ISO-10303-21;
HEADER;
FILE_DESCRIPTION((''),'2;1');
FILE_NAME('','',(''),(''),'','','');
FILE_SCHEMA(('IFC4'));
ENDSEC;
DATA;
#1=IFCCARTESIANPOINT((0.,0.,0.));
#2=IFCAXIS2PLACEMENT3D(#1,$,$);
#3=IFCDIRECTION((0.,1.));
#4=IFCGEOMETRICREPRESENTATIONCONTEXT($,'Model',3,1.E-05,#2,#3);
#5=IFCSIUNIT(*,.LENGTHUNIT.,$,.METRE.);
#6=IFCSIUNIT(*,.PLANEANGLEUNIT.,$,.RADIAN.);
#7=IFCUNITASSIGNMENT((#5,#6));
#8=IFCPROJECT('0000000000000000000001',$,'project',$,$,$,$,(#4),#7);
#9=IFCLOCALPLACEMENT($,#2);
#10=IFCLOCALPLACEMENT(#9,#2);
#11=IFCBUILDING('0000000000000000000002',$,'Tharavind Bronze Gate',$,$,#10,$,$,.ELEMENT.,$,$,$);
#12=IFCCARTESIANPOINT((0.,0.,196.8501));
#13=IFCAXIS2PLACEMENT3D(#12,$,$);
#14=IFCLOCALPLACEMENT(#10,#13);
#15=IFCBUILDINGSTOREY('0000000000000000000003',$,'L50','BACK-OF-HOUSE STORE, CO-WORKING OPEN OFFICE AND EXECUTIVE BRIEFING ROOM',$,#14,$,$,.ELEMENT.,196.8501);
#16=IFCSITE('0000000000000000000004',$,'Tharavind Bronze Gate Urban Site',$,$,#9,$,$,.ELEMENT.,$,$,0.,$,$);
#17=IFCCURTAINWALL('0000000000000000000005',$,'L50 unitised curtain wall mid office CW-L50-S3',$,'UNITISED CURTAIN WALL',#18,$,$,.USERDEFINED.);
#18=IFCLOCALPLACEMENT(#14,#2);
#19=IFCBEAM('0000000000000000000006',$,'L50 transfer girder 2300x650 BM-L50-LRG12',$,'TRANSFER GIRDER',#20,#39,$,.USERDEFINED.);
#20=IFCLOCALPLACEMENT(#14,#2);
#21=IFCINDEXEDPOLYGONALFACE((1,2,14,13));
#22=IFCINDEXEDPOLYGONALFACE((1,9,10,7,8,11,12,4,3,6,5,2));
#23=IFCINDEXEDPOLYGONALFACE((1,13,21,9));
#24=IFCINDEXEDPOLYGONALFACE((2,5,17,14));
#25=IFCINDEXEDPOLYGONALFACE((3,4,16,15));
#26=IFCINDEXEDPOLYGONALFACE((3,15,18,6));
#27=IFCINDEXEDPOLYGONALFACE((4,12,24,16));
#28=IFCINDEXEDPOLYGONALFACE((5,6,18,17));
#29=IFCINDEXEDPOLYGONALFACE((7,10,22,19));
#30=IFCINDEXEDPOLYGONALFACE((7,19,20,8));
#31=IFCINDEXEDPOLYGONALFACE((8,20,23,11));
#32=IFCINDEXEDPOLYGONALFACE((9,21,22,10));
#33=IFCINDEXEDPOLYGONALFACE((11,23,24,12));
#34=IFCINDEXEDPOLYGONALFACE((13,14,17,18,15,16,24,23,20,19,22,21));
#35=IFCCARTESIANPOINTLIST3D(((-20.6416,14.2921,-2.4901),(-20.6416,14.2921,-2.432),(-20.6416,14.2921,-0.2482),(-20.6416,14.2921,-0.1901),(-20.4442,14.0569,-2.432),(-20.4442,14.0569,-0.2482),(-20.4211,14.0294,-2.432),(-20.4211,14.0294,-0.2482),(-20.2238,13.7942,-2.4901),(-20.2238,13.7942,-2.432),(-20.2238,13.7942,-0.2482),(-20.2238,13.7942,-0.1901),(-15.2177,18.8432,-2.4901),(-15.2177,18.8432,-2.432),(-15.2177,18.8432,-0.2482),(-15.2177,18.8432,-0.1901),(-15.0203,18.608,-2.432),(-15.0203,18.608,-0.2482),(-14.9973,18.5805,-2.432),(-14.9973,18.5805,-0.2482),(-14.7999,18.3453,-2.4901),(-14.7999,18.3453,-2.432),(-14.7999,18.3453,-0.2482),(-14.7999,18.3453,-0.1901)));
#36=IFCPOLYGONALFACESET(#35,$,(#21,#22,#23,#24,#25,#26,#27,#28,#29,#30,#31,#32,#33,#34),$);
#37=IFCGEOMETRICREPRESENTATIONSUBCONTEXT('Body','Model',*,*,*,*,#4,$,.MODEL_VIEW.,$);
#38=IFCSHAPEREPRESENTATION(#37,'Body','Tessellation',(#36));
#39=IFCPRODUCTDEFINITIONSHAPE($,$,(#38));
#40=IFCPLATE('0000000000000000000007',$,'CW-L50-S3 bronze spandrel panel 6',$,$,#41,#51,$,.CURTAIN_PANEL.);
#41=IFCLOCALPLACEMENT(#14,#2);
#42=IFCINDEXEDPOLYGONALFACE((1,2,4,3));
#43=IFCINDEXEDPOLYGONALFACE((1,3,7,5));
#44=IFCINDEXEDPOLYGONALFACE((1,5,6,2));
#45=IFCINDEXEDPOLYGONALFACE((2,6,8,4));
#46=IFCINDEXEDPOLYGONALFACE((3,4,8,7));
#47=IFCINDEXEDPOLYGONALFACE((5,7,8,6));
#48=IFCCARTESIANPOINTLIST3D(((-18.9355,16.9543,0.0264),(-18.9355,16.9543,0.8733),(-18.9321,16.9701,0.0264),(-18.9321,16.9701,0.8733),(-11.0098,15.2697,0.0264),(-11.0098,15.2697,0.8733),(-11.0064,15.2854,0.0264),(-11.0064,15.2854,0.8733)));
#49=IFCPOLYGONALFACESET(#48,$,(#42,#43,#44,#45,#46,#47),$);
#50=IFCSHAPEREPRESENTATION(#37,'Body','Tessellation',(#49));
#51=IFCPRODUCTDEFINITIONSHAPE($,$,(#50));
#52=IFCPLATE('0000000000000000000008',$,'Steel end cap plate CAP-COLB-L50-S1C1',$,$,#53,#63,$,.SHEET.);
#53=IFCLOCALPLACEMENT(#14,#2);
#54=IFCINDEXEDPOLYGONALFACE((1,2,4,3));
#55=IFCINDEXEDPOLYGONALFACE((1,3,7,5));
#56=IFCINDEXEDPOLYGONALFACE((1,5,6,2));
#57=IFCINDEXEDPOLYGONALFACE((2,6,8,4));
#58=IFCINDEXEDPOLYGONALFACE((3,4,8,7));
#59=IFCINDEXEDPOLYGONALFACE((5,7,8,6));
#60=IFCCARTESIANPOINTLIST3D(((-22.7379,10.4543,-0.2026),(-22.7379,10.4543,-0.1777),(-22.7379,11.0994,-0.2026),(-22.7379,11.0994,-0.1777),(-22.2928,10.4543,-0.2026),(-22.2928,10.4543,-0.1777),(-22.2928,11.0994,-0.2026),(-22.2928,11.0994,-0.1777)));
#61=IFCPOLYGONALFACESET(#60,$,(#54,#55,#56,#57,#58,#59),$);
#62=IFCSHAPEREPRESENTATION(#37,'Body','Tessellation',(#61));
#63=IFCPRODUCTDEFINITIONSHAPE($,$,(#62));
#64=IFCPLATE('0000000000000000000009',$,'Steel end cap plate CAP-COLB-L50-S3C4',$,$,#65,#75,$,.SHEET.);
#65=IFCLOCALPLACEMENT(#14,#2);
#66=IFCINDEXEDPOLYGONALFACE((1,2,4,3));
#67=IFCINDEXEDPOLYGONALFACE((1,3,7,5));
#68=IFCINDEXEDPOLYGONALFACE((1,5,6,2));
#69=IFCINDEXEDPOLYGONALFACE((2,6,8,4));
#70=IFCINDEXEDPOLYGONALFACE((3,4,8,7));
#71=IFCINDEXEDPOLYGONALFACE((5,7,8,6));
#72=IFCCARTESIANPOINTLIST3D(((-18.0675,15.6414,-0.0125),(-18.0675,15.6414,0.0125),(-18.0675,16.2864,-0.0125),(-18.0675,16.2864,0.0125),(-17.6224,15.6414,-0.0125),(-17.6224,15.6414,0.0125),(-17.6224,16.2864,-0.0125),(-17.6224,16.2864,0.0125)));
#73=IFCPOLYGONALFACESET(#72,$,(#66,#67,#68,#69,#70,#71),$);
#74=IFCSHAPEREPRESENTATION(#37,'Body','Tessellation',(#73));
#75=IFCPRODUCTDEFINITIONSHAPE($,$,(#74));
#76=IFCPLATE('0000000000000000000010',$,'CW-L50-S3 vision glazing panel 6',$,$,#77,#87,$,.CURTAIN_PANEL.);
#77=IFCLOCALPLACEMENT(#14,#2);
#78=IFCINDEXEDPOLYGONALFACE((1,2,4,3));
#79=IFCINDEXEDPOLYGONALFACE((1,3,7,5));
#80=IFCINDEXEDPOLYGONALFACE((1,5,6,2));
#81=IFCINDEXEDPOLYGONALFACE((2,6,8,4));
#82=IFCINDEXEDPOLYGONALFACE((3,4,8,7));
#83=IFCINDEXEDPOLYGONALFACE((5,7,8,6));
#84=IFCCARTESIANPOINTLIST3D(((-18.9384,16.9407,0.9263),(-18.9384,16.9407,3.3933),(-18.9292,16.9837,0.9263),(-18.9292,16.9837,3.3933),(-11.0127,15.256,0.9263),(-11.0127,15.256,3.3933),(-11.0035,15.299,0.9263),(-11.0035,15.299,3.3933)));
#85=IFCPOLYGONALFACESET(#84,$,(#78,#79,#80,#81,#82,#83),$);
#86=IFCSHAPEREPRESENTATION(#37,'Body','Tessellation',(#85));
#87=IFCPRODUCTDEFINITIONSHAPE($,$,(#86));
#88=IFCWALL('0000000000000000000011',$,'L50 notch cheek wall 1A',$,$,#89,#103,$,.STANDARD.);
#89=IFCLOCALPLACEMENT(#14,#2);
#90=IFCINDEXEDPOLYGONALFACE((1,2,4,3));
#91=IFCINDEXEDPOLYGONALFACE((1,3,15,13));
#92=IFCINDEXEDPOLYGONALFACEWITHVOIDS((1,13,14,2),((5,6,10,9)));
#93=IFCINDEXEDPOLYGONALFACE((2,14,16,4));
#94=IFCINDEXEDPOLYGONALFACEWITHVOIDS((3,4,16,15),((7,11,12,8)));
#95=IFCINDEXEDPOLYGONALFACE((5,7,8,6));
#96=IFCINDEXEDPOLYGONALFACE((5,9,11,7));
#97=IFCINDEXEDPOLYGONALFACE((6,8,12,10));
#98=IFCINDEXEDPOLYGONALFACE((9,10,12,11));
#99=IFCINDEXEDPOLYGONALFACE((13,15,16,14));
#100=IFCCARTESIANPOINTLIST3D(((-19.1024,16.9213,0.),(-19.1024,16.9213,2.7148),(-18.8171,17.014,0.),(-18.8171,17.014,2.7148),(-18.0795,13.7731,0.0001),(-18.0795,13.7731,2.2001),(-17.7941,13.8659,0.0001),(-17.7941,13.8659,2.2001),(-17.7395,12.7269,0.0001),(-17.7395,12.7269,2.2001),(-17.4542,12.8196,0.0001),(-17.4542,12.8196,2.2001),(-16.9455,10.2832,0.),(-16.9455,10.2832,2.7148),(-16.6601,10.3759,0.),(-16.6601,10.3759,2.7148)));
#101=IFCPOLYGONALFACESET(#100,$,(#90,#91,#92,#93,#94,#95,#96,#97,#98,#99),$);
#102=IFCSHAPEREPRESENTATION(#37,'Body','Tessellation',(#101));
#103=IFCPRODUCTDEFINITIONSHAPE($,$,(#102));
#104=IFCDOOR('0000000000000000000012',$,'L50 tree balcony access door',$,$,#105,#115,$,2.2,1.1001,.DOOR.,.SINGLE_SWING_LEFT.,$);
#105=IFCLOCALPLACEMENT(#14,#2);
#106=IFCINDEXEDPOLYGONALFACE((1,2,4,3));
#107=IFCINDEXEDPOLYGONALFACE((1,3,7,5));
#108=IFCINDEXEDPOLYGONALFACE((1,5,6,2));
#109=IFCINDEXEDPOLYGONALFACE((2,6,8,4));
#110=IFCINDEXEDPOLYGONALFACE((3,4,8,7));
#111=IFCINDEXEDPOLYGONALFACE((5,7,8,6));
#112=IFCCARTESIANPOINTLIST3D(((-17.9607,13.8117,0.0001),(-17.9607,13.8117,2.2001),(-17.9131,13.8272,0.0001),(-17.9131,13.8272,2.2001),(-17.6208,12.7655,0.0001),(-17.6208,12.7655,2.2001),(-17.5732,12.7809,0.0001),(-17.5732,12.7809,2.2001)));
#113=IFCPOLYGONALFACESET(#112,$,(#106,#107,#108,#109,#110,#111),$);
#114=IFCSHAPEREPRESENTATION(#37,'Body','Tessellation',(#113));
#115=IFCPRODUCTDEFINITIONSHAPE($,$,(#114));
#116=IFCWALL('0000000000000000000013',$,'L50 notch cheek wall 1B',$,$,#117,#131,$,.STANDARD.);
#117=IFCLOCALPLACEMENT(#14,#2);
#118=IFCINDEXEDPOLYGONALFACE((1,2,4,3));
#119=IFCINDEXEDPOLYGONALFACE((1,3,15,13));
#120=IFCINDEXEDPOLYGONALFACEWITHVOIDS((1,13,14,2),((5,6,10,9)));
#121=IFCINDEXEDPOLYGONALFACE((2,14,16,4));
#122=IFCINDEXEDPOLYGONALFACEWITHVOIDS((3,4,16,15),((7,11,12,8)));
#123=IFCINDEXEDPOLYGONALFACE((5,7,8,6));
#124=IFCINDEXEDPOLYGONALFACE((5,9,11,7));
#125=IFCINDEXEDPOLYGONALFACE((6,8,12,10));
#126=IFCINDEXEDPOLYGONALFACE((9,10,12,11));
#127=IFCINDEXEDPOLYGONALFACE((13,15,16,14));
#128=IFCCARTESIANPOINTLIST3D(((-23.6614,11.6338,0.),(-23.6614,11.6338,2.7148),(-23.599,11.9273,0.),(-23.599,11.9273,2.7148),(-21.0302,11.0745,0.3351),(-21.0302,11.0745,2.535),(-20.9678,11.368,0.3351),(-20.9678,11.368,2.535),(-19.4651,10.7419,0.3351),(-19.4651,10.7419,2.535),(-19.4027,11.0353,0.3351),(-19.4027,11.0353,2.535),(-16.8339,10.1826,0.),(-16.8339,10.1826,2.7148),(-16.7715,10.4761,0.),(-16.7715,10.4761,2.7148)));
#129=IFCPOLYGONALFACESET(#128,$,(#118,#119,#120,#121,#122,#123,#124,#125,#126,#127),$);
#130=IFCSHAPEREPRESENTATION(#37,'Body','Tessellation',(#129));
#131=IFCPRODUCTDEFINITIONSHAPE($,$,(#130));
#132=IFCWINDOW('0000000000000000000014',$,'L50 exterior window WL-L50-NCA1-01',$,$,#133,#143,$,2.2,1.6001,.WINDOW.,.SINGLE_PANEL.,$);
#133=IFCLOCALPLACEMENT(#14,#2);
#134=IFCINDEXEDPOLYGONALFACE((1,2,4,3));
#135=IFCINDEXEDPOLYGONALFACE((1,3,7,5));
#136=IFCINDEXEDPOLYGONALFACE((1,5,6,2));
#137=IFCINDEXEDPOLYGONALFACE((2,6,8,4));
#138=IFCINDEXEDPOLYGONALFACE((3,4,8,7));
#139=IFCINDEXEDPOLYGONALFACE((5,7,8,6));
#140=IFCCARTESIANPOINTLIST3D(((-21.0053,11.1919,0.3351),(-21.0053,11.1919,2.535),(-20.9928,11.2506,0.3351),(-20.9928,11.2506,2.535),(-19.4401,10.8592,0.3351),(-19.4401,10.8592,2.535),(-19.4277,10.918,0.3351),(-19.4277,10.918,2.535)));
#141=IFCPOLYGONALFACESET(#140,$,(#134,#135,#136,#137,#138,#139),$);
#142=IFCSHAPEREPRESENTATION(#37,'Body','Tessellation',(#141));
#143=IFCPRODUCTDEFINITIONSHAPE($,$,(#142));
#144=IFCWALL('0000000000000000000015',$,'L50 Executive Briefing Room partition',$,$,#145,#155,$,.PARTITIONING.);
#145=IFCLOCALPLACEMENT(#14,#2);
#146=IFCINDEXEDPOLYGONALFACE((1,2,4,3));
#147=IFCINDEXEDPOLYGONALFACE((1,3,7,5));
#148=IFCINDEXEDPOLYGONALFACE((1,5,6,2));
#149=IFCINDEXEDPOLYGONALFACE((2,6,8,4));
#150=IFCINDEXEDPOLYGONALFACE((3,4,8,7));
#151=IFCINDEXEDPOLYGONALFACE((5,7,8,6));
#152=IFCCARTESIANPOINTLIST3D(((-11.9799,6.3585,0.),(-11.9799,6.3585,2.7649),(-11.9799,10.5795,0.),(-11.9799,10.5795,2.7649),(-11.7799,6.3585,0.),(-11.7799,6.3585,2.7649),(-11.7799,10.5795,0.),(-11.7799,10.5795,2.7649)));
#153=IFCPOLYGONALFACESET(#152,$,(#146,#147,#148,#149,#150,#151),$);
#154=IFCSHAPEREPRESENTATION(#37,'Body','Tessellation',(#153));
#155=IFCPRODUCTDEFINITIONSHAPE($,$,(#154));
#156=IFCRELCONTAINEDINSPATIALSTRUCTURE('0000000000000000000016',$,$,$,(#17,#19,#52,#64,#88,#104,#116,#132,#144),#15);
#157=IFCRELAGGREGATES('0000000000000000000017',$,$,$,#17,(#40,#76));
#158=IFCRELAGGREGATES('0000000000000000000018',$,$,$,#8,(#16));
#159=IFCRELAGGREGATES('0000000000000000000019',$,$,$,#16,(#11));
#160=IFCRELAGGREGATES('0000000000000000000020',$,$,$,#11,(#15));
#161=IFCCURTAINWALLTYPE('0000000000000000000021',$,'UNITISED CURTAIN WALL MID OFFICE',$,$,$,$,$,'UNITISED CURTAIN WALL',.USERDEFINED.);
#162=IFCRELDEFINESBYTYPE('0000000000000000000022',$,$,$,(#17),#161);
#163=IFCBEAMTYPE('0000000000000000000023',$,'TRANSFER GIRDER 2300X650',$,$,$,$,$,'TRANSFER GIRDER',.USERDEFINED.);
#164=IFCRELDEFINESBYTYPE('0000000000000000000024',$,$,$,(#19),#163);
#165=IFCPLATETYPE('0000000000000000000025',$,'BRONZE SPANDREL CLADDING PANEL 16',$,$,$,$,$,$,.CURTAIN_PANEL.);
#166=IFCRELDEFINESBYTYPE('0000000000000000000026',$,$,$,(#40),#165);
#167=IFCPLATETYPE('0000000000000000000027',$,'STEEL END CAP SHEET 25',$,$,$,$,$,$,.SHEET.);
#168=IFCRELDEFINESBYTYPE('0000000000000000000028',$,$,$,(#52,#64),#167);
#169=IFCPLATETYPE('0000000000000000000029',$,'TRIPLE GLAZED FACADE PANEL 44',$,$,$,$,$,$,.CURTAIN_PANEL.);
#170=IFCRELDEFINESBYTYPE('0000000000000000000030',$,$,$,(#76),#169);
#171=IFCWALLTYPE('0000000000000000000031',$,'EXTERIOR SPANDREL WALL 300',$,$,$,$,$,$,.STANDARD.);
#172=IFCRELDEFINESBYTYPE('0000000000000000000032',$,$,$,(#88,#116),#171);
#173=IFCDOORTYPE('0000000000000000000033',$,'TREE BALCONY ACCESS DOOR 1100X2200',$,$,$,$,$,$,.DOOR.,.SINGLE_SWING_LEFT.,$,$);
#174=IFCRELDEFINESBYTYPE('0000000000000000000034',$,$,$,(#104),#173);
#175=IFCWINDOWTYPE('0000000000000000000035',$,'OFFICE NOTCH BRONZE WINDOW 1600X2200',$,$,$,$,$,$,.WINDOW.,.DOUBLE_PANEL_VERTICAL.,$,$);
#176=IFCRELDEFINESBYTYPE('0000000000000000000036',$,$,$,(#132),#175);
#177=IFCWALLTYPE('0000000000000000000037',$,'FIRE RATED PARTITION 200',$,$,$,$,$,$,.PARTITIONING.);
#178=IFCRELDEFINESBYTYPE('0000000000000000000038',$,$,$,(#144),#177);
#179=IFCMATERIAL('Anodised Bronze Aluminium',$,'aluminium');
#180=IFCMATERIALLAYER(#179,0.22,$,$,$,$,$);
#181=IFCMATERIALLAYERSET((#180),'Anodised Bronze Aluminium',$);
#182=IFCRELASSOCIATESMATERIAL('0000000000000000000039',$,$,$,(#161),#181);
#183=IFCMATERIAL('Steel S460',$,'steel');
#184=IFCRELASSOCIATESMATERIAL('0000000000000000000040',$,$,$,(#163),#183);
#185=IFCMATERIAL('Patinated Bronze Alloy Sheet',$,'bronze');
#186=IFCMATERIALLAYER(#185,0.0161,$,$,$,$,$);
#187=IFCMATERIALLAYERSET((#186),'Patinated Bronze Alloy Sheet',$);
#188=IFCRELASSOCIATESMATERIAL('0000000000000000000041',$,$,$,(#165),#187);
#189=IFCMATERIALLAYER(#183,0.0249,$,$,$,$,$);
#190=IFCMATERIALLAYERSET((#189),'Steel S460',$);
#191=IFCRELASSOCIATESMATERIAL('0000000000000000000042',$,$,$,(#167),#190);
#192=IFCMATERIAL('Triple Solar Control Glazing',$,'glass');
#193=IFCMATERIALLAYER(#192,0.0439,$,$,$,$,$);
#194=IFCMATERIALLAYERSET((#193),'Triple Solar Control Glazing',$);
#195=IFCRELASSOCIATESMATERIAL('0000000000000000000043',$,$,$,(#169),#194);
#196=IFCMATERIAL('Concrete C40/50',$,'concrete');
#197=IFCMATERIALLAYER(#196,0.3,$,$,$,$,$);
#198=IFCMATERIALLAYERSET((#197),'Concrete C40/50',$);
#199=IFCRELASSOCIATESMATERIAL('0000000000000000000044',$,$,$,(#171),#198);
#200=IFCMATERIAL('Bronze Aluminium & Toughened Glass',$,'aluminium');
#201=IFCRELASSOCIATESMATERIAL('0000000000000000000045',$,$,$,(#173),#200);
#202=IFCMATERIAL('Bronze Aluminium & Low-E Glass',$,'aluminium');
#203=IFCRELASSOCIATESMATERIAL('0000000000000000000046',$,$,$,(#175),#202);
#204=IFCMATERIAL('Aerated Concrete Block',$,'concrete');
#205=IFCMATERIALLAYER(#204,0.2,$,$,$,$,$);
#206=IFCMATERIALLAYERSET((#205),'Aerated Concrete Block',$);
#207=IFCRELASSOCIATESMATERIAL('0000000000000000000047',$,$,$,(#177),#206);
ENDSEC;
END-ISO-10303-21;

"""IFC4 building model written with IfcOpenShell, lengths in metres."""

from ifc_helpers import new_model, si_unit, direction, frame, frame_2d, origin, origin_2d, place, context, subcontext, project, spatial, rectangle, i_section, extrude, material, layer, layer_set, material_profile, profile_set, type_object, element, fill, aggregate, save


model = new_model("IFC4")

# Units and contexts
model_context = context("Model", 3, precision=1e-05, world=origin(), true_north=direction((0.0, 1.0)))
body_context = subcontext(model_context, "Body", "Model", "MODEL_VIEW")
ifc_project = project(units=[si_unit("LENGTHUNIT", "METRE"), si_unit("PLANEANGLEUNIT", "RADIAN")], contexts=[model_context])

# Site, building, storey
site_placement = place(None, origin())
site = spatial("IfcSite", under=ifc_project, at=site_placement, Name="Tharavind Bronze Gate Urban Site", CompositionType="ELEMENT", RefElevation=0.0)
building_placement = place(site_placement, origin())
building = spatial("IfcBuilding", under=site, at=building_placement, Name="Tharavind Bronze Gate", CompositionType="ELEMENT")
storey_placement = place(building_placement, frame((0.0, 0.0, 196.8501)))
storey = spatial("IfcBuildingStorey", under=building, at=storey_placement, Name="L50", Description="BACK-OF-HOUSE STORE, CO-WORKING OPEN OFFICE AND EXECUTIVE BRIEFING ROOM", CompositionType="ELEMENT", Elevation=196.8501)

# Shared definitions
ifc_material_1 = material(Name="Steel S460", Category="steel")

# Shared definitions
ifc_material_2 = material(Name="Anodised Bronze Aluminium", Category="aluminium")
ifc_layer_1 = layer(ifc_material_2, 0.22)
ifc_layer_set_1 = layer_set([ifc_layer_1], Name="Anodised Bronze Aluminium")
curtain_wall_type = type_object("IfcCurtainWallType", Name="UNITISED CURTAIN WALL MID OFFICE", ElementType="UNITISED CURTAIN WALL", PredefinedType="USERDEFINED", material=ifc_layer_set_1)

# Curtain wall
curtain_wall_1_placement = place(storey_placement, origin())
curtain_wall_1 = element("IfcCurtainWall", 1, at=curtain_wall_1_placement, inside=storey, type_object=curtain_wall_type, Name="L50 unitised curtain wall mid office CW-L50-S3", ObjectType="UNITISED CURTAIN WALL", PredefinedType="USERDEFINED")

# Beam
ifc_material_profile_1 = material_profile(ifc_material_1, i_section(OverallWidth=0.6499, OverallDepth=2.3, WebThickness=0.0359, FlangeThickness=0.0581, at=origin_2d()), Name="PG2300X650")
ifc_profile_set_1 = profile_set([ifc_material_profile_1], Name="Steel S460")
beam_type_1 = type_object("IfcBeamType", Name="TRANSFER GIRDER 2300X650", ElementType="TRANSFER GIRDER", PredefinedType="USERDEFINED", material=ifc_profile_set_1)
beam_1_placement = place(storey_placement, frame((-15.0088, 18.5942, -1.3401), z_axis=(-0.766052, -0.642779, 0.0), x_axis=(0.642779, -0.766052, 0.0)))
element("IfcBeam", 2, at=beam_1_placement, inside=storey, type_object=beam_type_1, Name="L50 transfer girder 2300x650 BM-L50-LRG12", ObjectType="TRANSFER GIRDER", PredefinedType="USERDEFINED", context=body_context, shape_type="SweptSolid", body=[
    extrude(i_section(OverallWidth=0.6499, OverallDepth=2.3, WebThickness=0.0359, FlangeThickness=0.0581, at=origin_2d()), origin(), (0.0, 0.0, 1.0), 7.0803),
])

# Plate
ifc_material_3 = material(Name="Patinated Bronze Alloy Sheet", Category="bronze")
ifc_layer_2 = layer(ifc_material_3, 0.0161)
ifc_layer_set_2 = layer_set([ifc_layer_2], Name="Patinated Bronze Alloy Sheet")
plate_type_1 = type_object("IfcPlateType", Name="BRONZE SPANDREL CLADDING PANEL 16", PredefinedType="CURTAIN_PANEL", material=ifc_layer_set_2)
plate_1_placement = place(storey_placement, frame((-14.9709, 16.1199, 0.0264), z_axis=(0.0, 0.0, 1.0), x_axis=(-0.978148, 0.207912, 0.0)))
plate_1 = element("IfcPlate", 3, at=plate_1_placement, type_object=plate_type_1, Name="CW-L50-S3 bronze spandrel panel 6", PredefinedType="CURTAIN_PANEL", context=body_context, shape_type="SweptSolid", body=[
    extrude(rectangle(XDim=8.1028, YDim=0.0161, at=origin_2d()), origin(), (0.0, 0.0, 1.0), 0.8469),
])

# Plates
ifc_layer_3 = layer(ifc_material_1, 0.0249)
ifc_layer_set_3 = layer_set([ifc_layer_3], Name="Steel S460")
plate_type_2 = type_object("IfcPlateType", Name="STEEL END CAP SHEET 25", PredefinedType="SHEET", material=ifc_layer_set_3)
for number, where, z_axis, x_axis, name in (
    (4, (-22.5154, 10.7769, -0.2026), (0.0, 0.0, 1.0), (1.0, 0.0, 0.0), "Steel end cap plate CAP-COLB-L50-S1C1"),
    (5, (-17.845, 15.9639, -0.0125), (0.0, 0.0, 1.0), (1.0, 0.0, 0.0), "Steel end cap plate CAP-COLB-L50-S3C4"),
):
    element("IfcPlate", number, at=place(storey_placement, frame(where, z_axis=z_axis, x_axis=x_axis)), inside=storey, type_object=plate_type_2, Name=name, PredefinedType="SHEET", context=body_context, shape_type="SweptSolid", body=[
        extrude(rectangle(XDim=0.4451, YDim=0.645, at=origin_2d()), origin(), (0.0, 0.0, 1.0), 0.0249),
    ])

# Plate
ifc_material_4 = material(Name="Triple Solar Control Glazing", Category="glass")
ifc_layer_4 = layer(ifc_material_4, 0.0439)
ifc_layer_set_4 = layer_set([ifc_layer_4], Name="Triple Solar Control Glazing")
plate_type_3 = type_object("IfcPlateType", Name="TRIPLE GLAZED FACADE PANEL 44", PredefinedType="CURTAIN_PANEL", material=ifc_layer_set_4)
plate_2_placement = place(storey_placement, frame((-14.9709, 16.1199, 0.9263), z_axis=(0.0, 0.0, 1.0), x_axis=(-0.978148, 0.207912, 0.0)))
plate_2 = element("IfcPlate", 6, at=plate_2_placement, type_object=plate_type_3, Name="CW-L50-S3 vision glazing panel 6", PredefinedType="CURTAIN_PANEL", context=body_context, shape_type="SweptSolid", body=[
    extrude(rectangle(XDim=8.1028, YDim=0.0439, at=origin_2d()), origin(), (0.0, 0.0, 1.0), 2.467),
])
aggregate(curtain_wall_1, [plate_1, plate_2])

# Wall, opening, door
ifc_material_5 = material(Name="Concrete C40/50", Category="concrete")
ifc_layer_5 = layer(ifc_material_5, 0.3)
ifc_layer_set_5 = layer_set([ifc_layer_5], Name="Concrete C40/50")
wall_type_1 = type_object("IfcWallType", Name="EXTERIOR SPANDREL WALL 300", PredefinedType="STANDARD", material=ifc_layer_set_5)
wall_1_placement = place(storey_placement, frame((-18.9597, 16.9675, 0.0), z_axis=(0.0, 0.0, 1.0), x_axis=(0.309031, -0.951052, 0.0)))
wall_1 = element("IfcWall", 7, at=wall_1_placement, inside=storey, type_object=wall_type_1, Name="L50 notch cheek wall 1A", PredefinedType="STANDARD", context=body_context, shape_type="SweptSolid", body=[
    extrude(rectangle(XDim=6.9797, YDim=0.3, at=frame_2d((3.4897, 0.0))), origin(), (0.0, 0.0, 1.0), 2.7148),
])
opening_1_placement = place(wall_1_placement, frame((3.3101, 0.0, 0.0)))
opening_1 = element("IfcOpeningElement", 8, at=opening_1_placement, cuts=wall_1, PredefinedType="OPENING", context=body_context, shape_type="SweptSolid", body=[
    extrude(rectangle(XDim=1.1001, YDim=2.2, at=frame_2d((0.55, 1.1001))), frame((0.0, 0.1599, 0.0), z_axis=(0.0, -1.0, 0.0), x_axis=(1.0, 0.0, 0.0)), (0.0, 0.0, 1.0), 0.32),
])
ifc_material_6 = material(Name="Bronze Aluminium & Toughened Glass", Category="aluminium")
door_type = type_object("IfcDoorType", Name="TREE BALCONY ACCESS DOOR 1100X2200", OperationType="SINGLE_SWING_LEFT", PredefinedType="DOOR", material=ifc_material_6)
door_placement = place(opening_1_placement, origin())
door = element("IfcDoor", 9, at=door_placement, inside=storey, type_object=door_type, Name="L50 tree balcony access door", OperationType="SINGLE_SWING_LEFT", OverallHeight=2.2, OverallWidth=1.1001, PredefinedType="DOOR", context=body_context, shape_type="SweptSolid", body=[
    extrude(rectangle(XDim=1.1001, YDim=2.2, at=frame_2d((0.55, 1.1001))), frame((0.0, 0.0249, 0.0), z_axis=(0.0, -1.0, 0.0), x_axis=(1.0, 0.0, 0.0)), (0.0, 0.0, 1.0), 0.05),
])
fill(opening_1, door)

# Wall, opening, window
wall_2_placement = place(storey_placement, frame((-16.8027, 10.3293, 0.0), z_axis=(0.0, 0.0, 1.0), x_axis=(-0.978149, 0.207907, 0.0)))
wall_2 = element("IfcWall", 10, at=wall_2_placement, inside=storey, type_object=wall_type_1, Name="L50 notch cheek wall 1B", PredefinedType="STANDARD", context=body_context, shape_type="SweptSolid", body=[
    extrude(rectangle(XDim=6.98, YDim=0.3, at=frame_2d((3.49, 0.0))), origin(), (0.0, 0.0, 1.0), 2.7148),
])
opening_2_placement = place(wall_2_placement, frame((2.6899, 0.0, 0.335)))
opening_2 = element("IfcOpeningElement", 11, at=opening_2_placement, cuts=wall_2, PredefinedType="OPENING", context=body_context, shape_type="SweptSolid", body=[
    extrude(rectangle(XDim=1.6001, YDim=2.2, at=frame_2d((0.8, 1.1001))), frame((0.0, 0.1599, 0.0), z_axis=(0.0, -1.0, 0.0), x_axis=(1.0, 0.0, 0.0)), (0.0, 0.0, 1.0), 0.32),
])
ifc_material_7 = material(Name="Bronze Aluminium & Low-E Glass", Category="aluminium")
window_type = type_object("IfcWindowType", Name="OFFICE NOTCH BRONZE WINDOW 1600X2200", PartitioningType="DOUBLE_PANEL_VERTICAL", PredefinedType="WINDOW", material=ifc_material_7)
window_placement = place(opening_2_placement, origin())
window = element("IfcWindow", 12, at=window_placement, inside=storey, type_object=window_type, Name="L50 exterior window WL-L50-NCA1-01", OverallHeight=2.2, OverallWidth=1.6001, PartitioningType="SINGLE_PANEL", PredefinedType="WINDOW", context=body_context, shape_type="SweptSolid", body=[
    extrude(rectangle(XDim=1.6001, YDim=2.2, at=frame_2d((0.8, 1.1001))), frame((0.0, 0.03, 0.0), z_axis=(0.0, -1.0, 0.0), x_axis=(1.0, 0.0, 0.0)), (0.0, 0.0, 1.0), 0.0601),
])
fill(opening_2, window)

# Wall
ifc_material_8 = material(Name="Aerated Concrete Block", Category="concrete")
ifc_layer_6 = layer(ifc_material_8, 0.2)
ifc_layer_set_6 = layer_set([ifc_layer_6], Name="Aerated Concrete Block")
wall_type_2 = type_object("IfcWallType", Name="FIRE RATED PARTITION 200", PredefinedType="PARTITIONING", material=ifc_layer_set_6)
wall_3_placement = place(storey_placement, frame((-11.8799, 10.5793, 0.0), z_axis=(0.0, 0.0, 1.0), x_axis=(0.0, -1.0, 0.0)))
element("IfcWall", 13, at=wall_3_placement, inside=storey, type_object=wall_type_2, Name="L50 Executive Briefing Room partition", PredefinedType="PARTITIONING", context=body_context, shape_type="SweptSolid", body=[
    extrude(rectangle(XDim=4.2209, YDim=0.2, at=frame_2d((2.1104, 0.0))), origin(), (0.0, 0.0, 1.0), 2.7649),
])

save(model, "model.ifc")
